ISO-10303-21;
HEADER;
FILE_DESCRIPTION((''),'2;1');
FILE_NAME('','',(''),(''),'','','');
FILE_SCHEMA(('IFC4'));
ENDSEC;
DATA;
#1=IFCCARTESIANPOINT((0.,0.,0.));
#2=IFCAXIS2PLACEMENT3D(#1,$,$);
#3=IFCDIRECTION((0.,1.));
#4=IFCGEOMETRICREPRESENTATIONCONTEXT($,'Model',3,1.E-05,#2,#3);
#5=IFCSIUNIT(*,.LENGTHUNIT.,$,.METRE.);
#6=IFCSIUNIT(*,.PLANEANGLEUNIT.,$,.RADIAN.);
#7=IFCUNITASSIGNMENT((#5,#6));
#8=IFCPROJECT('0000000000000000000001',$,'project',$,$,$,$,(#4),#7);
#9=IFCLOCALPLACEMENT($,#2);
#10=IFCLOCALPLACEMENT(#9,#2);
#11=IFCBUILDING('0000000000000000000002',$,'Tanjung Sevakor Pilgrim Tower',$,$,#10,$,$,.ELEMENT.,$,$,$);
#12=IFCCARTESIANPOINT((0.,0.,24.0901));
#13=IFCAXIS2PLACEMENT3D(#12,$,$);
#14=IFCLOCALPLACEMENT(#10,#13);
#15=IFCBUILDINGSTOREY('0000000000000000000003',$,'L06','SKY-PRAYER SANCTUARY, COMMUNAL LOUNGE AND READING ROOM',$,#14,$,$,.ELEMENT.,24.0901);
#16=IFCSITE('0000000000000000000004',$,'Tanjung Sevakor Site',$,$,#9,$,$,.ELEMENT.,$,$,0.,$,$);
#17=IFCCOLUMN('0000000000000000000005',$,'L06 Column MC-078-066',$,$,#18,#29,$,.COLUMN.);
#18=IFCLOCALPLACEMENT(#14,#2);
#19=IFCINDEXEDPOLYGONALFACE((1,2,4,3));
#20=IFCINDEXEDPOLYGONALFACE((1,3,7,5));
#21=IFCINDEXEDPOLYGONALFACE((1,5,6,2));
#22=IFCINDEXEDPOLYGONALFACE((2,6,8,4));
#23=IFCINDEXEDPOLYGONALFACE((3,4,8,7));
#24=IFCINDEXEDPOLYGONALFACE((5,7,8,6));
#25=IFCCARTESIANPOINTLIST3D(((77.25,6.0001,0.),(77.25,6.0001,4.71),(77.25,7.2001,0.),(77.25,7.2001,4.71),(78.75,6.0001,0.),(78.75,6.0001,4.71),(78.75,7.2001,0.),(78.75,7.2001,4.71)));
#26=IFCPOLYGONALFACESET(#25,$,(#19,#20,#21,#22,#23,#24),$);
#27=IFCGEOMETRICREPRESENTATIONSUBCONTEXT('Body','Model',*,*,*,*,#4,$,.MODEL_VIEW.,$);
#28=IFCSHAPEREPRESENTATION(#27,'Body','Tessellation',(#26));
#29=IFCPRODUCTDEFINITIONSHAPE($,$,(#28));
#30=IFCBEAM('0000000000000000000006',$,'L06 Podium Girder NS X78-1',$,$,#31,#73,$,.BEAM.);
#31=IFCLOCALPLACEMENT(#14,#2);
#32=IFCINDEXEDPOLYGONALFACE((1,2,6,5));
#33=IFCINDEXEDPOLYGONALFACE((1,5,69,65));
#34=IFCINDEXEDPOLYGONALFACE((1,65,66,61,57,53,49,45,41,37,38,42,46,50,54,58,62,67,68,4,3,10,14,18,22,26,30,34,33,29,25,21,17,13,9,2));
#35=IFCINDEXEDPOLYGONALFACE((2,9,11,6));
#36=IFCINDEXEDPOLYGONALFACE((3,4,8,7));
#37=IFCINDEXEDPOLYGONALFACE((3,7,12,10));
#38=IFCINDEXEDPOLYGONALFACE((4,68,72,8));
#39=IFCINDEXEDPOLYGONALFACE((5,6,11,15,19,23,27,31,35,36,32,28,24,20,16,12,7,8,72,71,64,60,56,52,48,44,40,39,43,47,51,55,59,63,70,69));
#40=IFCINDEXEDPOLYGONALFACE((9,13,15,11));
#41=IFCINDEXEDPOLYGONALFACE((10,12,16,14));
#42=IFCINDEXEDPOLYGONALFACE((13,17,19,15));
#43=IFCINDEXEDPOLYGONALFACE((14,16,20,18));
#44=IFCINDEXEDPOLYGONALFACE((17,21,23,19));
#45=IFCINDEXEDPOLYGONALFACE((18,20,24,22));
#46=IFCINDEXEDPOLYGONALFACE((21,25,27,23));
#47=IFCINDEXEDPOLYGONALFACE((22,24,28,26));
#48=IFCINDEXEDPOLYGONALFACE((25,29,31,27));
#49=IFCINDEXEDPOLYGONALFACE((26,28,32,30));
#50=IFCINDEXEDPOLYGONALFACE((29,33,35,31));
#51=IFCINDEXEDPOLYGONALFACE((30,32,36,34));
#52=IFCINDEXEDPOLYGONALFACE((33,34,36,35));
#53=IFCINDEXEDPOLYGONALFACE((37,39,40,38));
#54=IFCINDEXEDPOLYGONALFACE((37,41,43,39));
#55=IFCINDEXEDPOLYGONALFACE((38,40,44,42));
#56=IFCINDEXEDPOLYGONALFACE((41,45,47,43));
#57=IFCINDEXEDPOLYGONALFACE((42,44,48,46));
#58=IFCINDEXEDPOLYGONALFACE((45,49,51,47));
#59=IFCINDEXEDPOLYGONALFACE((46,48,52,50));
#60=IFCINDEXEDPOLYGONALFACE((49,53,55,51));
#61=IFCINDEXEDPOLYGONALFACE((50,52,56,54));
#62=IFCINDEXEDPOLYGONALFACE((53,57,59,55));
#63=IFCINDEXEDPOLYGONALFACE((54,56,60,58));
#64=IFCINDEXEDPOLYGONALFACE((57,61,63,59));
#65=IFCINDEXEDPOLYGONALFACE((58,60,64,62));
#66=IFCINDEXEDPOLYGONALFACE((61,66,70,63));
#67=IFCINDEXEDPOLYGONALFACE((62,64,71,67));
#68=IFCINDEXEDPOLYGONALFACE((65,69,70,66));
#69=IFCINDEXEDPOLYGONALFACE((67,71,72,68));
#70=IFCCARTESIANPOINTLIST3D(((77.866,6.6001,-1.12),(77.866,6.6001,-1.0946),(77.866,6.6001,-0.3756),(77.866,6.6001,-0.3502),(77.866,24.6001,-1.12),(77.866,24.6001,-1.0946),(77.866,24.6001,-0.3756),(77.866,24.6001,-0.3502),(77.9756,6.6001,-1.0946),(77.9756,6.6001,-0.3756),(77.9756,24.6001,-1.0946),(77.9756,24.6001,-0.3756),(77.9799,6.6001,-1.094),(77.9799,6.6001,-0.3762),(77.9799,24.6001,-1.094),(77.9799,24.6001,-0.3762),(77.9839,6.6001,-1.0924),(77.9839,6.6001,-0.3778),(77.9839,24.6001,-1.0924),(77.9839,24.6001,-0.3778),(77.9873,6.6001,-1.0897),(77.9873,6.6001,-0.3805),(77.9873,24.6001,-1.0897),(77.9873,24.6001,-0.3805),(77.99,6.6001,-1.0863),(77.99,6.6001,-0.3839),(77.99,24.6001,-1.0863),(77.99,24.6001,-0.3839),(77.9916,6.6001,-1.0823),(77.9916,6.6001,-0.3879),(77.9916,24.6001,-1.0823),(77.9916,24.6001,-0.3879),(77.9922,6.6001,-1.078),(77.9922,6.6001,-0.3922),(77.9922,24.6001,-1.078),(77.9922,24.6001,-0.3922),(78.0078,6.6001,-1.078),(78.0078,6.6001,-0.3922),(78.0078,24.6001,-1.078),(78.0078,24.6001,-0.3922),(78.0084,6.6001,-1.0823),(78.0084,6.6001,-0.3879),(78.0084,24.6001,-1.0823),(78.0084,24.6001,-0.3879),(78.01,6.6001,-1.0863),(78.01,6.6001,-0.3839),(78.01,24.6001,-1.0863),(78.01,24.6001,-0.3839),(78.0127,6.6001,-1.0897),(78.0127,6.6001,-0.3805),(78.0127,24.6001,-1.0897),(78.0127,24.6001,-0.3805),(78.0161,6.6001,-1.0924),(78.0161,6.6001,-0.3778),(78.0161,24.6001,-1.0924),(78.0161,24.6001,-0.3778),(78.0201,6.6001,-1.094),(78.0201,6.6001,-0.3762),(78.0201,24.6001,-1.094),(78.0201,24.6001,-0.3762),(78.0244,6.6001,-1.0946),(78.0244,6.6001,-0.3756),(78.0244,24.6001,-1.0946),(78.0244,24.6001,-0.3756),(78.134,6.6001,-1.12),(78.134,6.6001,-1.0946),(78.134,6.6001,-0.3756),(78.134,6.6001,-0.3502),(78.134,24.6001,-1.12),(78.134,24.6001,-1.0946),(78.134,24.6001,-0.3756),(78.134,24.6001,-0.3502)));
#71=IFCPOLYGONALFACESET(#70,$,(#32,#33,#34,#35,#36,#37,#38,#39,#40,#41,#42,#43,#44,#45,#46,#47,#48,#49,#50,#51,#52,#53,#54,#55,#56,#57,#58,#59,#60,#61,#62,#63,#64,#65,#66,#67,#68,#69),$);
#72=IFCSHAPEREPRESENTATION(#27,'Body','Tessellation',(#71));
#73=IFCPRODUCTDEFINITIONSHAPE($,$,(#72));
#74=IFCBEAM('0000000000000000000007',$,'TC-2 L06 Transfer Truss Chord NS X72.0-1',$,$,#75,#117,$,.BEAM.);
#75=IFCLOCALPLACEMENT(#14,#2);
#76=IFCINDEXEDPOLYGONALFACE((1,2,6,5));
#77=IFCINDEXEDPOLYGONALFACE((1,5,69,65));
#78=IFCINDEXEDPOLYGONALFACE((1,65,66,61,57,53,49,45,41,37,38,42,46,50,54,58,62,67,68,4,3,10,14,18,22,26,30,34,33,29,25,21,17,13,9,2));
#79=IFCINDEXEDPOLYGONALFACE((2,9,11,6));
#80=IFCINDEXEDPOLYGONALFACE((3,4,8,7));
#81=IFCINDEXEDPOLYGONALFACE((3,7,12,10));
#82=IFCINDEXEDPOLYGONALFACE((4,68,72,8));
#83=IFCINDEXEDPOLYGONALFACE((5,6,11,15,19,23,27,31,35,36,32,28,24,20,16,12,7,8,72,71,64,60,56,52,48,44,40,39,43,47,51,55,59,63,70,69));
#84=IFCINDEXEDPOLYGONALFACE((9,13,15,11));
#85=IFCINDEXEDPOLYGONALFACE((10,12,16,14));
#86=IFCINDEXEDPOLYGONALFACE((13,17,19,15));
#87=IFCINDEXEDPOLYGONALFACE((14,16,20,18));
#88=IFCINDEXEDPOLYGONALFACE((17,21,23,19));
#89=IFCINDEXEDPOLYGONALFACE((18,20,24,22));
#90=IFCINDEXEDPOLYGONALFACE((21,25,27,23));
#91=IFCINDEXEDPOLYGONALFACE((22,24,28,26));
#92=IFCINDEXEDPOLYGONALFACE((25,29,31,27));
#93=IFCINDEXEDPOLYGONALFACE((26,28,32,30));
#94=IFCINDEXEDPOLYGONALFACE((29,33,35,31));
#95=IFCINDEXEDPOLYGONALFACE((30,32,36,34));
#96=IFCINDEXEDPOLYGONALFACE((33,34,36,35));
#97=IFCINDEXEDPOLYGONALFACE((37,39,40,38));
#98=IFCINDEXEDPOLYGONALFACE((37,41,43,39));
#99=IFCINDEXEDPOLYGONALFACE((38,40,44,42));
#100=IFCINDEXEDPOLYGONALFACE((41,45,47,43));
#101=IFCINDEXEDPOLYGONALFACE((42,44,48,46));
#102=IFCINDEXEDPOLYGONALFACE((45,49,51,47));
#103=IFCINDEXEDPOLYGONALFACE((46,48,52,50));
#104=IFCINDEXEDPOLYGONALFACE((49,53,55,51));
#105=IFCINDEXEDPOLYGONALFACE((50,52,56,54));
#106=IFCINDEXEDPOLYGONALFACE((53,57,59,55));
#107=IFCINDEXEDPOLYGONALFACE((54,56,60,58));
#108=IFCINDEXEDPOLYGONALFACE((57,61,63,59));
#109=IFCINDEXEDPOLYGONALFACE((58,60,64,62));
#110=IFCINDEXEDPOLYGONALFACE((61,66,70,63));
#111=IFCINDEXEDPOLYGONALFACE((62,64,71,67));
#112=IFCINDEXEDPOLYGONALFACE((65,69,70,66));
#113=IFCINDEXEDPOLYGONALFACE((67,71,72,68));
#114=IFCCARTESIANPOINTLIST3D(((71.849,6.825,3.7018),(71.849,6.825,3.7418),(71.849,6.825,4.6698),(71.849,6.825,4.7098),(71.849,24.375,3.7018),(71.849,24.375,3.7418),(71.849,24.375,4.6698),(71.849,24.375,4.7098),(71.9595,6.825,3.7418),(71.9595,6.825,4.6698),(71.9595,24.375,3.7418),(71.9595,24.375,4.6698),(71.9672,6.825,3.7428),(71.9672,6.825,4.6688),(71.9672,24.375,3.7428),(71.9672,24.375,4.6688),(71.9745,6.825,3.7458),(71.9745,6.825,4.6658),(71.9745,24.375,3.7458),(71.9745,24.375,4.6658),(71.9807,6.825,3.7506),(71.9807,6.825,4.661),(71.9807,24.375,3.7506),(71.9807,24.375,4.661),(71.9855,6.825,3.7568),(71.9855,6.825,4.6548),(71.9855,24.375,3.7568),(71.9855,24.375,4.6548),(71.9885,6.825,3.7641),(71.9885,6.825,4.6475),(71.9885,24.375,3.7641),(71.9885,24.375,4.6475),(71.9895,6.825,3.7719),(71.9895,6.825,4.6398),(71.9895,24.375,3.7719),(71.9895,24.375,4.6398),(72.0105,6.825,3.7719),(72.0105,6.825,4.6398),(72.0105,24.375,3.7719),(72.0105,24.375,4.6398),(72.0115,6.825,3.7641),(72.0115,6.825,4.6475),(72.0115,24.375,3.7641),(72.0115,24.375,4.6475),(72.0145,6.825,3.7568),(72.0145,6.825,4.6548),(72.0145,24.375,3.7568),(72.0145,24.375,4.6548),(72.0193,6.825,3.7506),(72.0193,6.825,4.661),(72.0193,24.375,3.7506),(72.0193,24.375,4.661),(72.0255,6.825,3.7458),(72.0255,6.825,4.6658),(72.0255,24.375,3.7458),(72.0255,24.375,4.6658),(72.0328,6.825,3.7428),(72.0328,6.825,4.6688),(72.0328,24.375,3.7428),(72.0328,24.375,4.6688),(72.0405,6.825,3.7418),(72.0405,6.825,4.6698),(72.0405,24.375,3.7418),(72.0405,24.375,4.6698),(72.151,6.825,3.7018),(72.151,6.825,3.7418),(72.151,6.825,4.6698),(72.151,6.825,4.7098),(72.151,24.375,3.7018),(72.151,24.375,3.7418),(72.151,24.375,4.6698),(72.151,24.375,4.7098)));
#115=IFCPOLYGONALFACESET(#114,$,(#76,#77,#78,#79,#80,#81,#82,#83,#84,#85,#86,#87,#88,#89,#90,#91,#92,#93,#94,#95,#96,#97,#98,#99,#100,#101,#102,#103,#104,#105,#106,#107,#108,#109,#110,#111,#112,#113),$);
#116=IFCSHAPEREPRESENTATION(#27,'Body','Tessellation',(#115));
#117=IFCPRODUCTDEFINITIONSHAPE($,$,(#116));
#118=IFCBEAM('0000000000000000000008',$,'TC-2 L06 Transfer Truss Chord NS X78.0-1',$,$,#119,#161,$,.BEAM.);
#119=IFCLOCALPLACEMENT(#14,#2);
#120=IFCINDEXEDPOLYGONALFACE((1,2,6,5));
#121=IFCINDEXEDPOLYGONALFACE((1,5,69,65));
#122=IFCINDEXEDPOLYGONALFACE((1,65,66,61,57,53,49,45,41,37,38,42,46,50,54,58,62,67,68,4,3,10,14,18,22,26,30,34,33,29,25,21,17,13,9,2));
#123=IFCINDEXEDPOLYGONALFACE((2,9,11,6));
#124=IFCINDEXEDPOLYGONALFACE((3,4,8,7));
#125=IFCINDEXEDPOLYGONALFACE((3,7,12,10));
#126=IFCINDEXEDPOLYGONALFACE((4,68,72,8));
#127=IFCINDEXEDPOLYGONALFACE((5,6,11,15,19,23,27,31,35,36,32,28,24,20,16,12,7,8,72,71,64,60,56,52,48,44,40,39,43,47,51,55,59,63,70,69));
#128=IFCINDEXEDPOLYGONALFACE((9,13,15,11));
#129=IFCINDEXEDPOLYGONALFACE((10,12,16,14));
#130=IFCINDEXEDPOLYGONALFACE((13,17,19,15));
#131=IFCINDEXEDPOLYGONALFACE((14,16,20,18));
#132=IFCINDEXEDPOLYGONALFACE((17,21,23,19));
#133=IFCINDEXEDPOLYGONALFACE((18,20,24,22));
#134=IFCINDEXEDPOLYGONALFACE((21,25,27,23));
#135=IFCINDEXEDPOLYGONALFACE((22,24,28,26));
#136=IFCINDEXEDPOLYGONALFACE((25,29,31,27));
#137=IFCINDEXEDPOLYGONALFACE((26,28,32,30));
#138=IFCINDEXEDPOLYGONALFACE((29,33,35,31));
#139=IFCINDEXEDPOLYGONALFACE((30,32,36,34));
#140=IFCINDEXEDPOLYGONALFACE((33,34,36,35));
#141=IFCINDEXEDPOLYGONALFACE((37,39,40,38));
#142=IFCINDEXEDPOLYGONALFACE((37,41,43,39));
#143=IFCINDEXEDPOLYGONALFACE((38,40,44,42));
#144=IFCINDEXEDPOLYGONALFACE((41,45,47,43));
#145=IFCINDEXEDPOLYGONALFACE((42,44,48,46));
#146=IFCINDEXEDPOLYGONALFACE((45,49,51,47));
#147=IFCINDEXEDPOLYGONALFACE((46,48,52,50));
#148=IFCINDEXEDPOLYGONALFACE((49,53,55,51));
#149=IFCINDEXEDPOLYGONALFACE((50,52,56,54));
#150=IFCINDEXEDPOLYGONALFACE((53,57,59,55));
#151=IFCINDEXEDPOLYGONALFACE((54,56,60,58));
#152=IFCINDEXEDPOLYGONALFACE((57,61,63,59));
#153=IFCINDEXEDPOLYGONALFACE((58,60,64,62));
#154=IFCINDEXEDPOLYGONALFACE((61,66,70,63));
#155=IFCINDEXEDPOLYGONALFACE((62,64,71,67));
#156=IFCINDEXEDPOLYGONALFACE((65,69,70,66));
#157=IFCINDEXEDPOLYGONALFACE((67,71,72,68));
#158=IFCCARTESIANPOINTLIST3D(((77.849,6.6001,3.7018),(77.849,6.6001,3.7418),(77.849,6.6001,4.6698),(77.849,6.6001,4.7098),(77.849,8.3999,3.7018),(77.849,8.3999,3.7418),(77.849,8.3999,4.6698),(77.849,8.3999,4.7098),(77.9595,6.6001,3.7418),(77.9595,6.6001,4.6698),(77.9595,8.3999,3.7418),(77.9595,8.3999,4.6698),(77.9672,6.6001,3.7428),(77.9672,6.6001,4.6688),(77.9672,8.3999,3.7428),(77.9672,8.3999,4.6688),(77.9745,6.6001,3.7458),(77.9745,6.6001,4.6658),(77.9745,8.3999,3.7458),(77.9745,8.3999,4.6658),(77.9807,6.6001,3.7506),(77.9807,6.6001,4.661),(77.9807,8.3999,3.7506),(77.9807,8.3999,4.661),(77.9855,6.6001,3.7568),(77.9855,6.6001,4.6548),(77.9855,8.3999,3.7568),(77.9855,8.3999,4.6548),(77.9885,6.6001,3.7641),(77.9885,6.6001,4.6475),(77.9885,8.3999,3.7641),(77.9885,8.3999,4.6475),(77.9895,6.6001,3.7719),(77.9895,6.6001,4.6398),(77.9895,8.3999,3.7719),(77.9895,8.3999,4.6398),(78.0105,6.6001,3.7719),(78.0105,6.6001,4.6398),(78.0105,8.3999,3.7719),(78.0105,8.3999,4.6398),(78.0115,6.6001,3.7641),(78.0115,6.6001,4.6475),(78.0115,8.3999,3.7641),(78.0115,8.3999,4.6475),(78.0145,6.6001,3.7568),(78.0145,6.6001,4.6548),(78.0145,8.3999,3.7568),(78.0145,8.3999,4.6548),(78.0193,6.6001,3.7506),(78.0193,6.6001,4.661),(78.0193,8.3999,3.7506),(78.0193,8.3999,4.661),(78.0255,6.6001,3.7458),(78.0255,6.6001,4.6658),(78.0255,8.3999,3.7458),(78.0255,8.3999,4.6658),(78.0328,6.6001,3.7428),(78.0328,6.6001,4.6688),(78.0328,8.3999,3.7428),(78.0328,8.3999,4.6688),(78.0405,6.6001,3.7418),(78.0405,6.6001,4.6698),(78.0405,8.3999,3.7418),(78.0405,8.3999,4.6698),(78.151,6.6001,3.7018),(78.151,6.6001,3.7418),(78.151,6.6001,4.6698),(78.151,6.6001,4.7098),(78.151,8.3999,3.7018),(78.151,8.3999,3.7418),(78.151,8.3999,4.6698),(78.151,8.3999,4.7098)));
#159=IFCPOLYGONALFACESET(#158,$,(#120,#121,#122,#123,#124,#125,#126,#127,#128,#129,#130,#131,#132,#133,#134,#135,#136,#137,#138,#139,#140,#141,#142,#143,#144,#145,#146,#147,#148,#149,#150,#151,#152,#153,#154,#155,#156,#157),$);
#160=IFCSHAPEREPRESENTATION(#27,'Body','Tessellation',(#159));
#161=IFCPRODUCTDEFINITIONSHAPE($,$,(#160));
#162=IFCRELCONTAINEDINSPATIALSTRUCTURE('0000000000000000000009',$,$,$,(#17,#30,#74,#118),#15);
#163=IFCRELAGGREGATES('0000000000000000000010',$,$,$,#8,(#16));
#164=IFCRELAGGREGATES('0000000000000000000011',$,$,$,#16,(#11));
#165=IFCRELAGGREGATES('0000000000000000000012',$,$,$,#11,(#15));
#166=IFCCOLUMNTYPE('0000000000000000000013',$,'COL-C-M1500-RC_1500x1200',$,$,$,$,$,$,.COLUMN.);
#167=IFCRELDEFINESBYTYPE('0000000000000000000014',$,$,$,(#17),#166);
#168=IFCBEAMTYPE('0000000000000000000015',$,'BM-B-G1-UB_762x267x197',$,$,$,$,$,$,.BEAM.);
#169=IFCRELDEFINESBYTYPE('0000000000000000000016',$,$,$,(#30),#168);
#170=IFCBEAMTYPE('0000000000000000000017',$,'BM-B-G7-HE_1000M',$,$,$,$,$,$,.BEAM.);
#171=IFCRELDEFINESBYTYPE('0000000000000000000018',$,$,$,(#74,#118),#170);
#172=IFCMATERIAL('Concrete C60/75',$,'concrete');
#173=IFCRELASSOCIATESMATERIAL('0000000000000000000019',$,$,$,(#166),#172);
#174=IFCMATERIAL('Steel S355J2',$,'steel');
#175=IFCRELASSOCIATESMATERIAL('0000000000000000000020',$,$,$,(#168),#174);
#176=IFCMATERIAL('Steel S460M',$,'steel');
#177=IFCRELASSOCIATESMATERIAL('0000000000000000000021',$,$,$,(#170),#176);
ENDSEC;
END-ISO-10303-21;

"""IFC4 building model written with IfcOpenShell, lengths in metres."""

from ifc_helpers import new_model, si_unit, direction, frame, origin, origin_2d, place, context, subcontext, project, spatial, rectangle, i_section, extrude, material, material_profile, profile_set, type_object, element, save


model = new_model("IFC4")

# Units and contexts
model_context = context("Model", 3, precision=1e-05, world=origin(), true_north=direction((0.0, 1.0)))
body_context = subcontext(model_context, "Body", "Model", "MODEL_VIEW")
ifc_project = project(units=[si_unit("LENGTHUNIT", "METRE"), si_unit("PLANEANGLEUNIT", "RADIAN")], contexts=[model_context])

# Site, building, storey
site_placement = place(None, origin())
site = spatial("IfcSite", under=ifc_project, at=site_placement, Name="Tanjung Sevakor Site", CompositionType="ELEMENT", RefElevation=0.0)
building_placement = place(site_placement, origin())
building = spatial("IfcBuilding", under=site, at=building_placement, Name="Tanjung Sevakor Pilgrim Tower", CompositionType="ELEMENT")
storey_placement = place(building_placement, frame((0.0, 0.0, 24.0901)))
storey = spatial("IfcBuildingStorey", under=building, at=storey_placement, Name="L06", Description="SKY-PRAYER SANCTUARY, COMMUNAL LOUNGE AND READING ROOM", CompositionType="ELEMENT", Elevation=24.0901)

# Column
ifc_material_1 = material(Name="Concrete C60/75", Category="concrete")
ifc_material_profile_1 = material_profile(ifc_material_1, rectangle(XDim=1.5, YDim=1.2, at=origin_2d()))
ifc_profile_set_1 = profile_set([ifc_material_profile_1], Name="Concrete C60/75")
column_type = type_object("IfcColumnType", Name="COL-C-M1500-RC_1500x1200", PredefinedType="COLUMN", material=ifc_profile_set_1)
column_placement = place(storey_placement, frame((78.0, 6.6001, 0.0), z_axis=(0.0, 0.0, 1.0), x_axis=(1.0, 0.0, 0.0)))
element("IfcColumn", 1, at=column_placement, inside=storey, type_object=column_type, Name="L06 Column MC-078-066", PredefinedType="COLUMN", context=body_context, shape_type="SweptSolid", body=[
    extrude(rectangle(XDim=1.5, YDim=1.2, at=origin_2d()), origin(), (0.0, 0.0, 1.0), 4.71),
])

# Beams
ifc_material_2 = material(Name="Steel S355J2", Category="steel")
ifc_material_profile_2 = material_profile(ifc_material_2, i_section(OverallWidth=0.2681, OverallDepth=0.7698, WebThickness=0.0156, FlangeThickness=0.0254, FilletRadius=0.0166, at=origin_2d()))
ifc_profile_set_2 = profile_set([ifc_material_profile_2], Name="Steel S355J2")
beam_type_1 = type_object("IfcBeamType", Name="BM-B-G1-UB_762x267x197", PredefinedType="BEAM", material=ifc_profile_set_2)
beam_1_placement = place(storey_placement, frame((78.0, 6.6001, -0.7351), z_axis=(0.0, 1.0, 0.0), x_axis=(-1.0, 0.0, 0.0)))
element("IfcBeam", 2, at=beam_1_placement, inside=storey, type_object=beam_type_1, Name="L06 Podium Girder NS X78-1", PredefinedType="BEAM", context=body_context, shape_type="SweptSolid", body=[
    extrude(i_section(OverallWidth=0.2681, OverallDepth=0.7698, WebThickness=0.0156, FlangeThickness=0.0254, FilletRadius=0.0166, at=origin_2d()), origin(), (0.0, 0.0, 1.0), 18.0),
])
ifc_material_3 = material(Name="Steel S460M", Category="steel")
ifc_material_profile_3 = material_profile(ifc_material_3, i_section(OverallWidth=0.302, OverallDepth=1.0081, WebThickness=0.021, FlangeThickness=0.04, FilletRadius=0.03, at=origin_2d()))
ifc_profile_set_3 = profile_set([ifc_material_profile_3], Name="Steel S460M")
beam_type_2 = type_object("IfcBeamType", Name="BM-B-G7-HE_1000M", PredefinedType="BEAM", material=ifc_profile_set_3)
beam_2_placement = place(storey_placement, frame((72.0, 6.825, 4.2058), z_axis=(0.0, 1.0, 0.0), x_axis=(-1.0, 0.0, 0.0)))
element("IfcBeam", 3, at=beam_2_placement, inside=storey, type_object=beam_type_2, Name="TC-2 L06 Transfer Truss Chord NS X72.0-1", PredefinedType="BEAM", context=body_context, shape_type="SweptSolid", body=[
    extrude(i_section(OverallWidth=0.302, OverallDepth=1.0081, WebThickness=0.021, FlangeThickness=0.04, FilletRadius=0.03, at=origin_2d()), origin(), (0.0, 0.0, 1.0), 17.55),
])
beam_3_placement = place(storey_placement, frame((78.0, 6.6001, 4.2058), z_axis=(0.0, 1.0, 0.0), x_axis=(-1.0, 0.0, 0.0)))
element("IfcBeam", 4, at=beam_3_placement, inside=storey, type_object=beam_type_2, Name="TC-2 L06 Transfer Truss Chord NS X78.0-1", PredefinedType="BEAM", context=body_context, shape_type="SweptSolid", body=[
    extrude(i_section(OverallWidth=0.302, OverallDepth=1.0081, WebThickness=0.021, FlangeThickness=0.04, FilletRadius=0.03, at=origin_2d()), origin(), (0.0, 0.0, 1.0), 1.7998),
])

save(model, "model.ifc")
